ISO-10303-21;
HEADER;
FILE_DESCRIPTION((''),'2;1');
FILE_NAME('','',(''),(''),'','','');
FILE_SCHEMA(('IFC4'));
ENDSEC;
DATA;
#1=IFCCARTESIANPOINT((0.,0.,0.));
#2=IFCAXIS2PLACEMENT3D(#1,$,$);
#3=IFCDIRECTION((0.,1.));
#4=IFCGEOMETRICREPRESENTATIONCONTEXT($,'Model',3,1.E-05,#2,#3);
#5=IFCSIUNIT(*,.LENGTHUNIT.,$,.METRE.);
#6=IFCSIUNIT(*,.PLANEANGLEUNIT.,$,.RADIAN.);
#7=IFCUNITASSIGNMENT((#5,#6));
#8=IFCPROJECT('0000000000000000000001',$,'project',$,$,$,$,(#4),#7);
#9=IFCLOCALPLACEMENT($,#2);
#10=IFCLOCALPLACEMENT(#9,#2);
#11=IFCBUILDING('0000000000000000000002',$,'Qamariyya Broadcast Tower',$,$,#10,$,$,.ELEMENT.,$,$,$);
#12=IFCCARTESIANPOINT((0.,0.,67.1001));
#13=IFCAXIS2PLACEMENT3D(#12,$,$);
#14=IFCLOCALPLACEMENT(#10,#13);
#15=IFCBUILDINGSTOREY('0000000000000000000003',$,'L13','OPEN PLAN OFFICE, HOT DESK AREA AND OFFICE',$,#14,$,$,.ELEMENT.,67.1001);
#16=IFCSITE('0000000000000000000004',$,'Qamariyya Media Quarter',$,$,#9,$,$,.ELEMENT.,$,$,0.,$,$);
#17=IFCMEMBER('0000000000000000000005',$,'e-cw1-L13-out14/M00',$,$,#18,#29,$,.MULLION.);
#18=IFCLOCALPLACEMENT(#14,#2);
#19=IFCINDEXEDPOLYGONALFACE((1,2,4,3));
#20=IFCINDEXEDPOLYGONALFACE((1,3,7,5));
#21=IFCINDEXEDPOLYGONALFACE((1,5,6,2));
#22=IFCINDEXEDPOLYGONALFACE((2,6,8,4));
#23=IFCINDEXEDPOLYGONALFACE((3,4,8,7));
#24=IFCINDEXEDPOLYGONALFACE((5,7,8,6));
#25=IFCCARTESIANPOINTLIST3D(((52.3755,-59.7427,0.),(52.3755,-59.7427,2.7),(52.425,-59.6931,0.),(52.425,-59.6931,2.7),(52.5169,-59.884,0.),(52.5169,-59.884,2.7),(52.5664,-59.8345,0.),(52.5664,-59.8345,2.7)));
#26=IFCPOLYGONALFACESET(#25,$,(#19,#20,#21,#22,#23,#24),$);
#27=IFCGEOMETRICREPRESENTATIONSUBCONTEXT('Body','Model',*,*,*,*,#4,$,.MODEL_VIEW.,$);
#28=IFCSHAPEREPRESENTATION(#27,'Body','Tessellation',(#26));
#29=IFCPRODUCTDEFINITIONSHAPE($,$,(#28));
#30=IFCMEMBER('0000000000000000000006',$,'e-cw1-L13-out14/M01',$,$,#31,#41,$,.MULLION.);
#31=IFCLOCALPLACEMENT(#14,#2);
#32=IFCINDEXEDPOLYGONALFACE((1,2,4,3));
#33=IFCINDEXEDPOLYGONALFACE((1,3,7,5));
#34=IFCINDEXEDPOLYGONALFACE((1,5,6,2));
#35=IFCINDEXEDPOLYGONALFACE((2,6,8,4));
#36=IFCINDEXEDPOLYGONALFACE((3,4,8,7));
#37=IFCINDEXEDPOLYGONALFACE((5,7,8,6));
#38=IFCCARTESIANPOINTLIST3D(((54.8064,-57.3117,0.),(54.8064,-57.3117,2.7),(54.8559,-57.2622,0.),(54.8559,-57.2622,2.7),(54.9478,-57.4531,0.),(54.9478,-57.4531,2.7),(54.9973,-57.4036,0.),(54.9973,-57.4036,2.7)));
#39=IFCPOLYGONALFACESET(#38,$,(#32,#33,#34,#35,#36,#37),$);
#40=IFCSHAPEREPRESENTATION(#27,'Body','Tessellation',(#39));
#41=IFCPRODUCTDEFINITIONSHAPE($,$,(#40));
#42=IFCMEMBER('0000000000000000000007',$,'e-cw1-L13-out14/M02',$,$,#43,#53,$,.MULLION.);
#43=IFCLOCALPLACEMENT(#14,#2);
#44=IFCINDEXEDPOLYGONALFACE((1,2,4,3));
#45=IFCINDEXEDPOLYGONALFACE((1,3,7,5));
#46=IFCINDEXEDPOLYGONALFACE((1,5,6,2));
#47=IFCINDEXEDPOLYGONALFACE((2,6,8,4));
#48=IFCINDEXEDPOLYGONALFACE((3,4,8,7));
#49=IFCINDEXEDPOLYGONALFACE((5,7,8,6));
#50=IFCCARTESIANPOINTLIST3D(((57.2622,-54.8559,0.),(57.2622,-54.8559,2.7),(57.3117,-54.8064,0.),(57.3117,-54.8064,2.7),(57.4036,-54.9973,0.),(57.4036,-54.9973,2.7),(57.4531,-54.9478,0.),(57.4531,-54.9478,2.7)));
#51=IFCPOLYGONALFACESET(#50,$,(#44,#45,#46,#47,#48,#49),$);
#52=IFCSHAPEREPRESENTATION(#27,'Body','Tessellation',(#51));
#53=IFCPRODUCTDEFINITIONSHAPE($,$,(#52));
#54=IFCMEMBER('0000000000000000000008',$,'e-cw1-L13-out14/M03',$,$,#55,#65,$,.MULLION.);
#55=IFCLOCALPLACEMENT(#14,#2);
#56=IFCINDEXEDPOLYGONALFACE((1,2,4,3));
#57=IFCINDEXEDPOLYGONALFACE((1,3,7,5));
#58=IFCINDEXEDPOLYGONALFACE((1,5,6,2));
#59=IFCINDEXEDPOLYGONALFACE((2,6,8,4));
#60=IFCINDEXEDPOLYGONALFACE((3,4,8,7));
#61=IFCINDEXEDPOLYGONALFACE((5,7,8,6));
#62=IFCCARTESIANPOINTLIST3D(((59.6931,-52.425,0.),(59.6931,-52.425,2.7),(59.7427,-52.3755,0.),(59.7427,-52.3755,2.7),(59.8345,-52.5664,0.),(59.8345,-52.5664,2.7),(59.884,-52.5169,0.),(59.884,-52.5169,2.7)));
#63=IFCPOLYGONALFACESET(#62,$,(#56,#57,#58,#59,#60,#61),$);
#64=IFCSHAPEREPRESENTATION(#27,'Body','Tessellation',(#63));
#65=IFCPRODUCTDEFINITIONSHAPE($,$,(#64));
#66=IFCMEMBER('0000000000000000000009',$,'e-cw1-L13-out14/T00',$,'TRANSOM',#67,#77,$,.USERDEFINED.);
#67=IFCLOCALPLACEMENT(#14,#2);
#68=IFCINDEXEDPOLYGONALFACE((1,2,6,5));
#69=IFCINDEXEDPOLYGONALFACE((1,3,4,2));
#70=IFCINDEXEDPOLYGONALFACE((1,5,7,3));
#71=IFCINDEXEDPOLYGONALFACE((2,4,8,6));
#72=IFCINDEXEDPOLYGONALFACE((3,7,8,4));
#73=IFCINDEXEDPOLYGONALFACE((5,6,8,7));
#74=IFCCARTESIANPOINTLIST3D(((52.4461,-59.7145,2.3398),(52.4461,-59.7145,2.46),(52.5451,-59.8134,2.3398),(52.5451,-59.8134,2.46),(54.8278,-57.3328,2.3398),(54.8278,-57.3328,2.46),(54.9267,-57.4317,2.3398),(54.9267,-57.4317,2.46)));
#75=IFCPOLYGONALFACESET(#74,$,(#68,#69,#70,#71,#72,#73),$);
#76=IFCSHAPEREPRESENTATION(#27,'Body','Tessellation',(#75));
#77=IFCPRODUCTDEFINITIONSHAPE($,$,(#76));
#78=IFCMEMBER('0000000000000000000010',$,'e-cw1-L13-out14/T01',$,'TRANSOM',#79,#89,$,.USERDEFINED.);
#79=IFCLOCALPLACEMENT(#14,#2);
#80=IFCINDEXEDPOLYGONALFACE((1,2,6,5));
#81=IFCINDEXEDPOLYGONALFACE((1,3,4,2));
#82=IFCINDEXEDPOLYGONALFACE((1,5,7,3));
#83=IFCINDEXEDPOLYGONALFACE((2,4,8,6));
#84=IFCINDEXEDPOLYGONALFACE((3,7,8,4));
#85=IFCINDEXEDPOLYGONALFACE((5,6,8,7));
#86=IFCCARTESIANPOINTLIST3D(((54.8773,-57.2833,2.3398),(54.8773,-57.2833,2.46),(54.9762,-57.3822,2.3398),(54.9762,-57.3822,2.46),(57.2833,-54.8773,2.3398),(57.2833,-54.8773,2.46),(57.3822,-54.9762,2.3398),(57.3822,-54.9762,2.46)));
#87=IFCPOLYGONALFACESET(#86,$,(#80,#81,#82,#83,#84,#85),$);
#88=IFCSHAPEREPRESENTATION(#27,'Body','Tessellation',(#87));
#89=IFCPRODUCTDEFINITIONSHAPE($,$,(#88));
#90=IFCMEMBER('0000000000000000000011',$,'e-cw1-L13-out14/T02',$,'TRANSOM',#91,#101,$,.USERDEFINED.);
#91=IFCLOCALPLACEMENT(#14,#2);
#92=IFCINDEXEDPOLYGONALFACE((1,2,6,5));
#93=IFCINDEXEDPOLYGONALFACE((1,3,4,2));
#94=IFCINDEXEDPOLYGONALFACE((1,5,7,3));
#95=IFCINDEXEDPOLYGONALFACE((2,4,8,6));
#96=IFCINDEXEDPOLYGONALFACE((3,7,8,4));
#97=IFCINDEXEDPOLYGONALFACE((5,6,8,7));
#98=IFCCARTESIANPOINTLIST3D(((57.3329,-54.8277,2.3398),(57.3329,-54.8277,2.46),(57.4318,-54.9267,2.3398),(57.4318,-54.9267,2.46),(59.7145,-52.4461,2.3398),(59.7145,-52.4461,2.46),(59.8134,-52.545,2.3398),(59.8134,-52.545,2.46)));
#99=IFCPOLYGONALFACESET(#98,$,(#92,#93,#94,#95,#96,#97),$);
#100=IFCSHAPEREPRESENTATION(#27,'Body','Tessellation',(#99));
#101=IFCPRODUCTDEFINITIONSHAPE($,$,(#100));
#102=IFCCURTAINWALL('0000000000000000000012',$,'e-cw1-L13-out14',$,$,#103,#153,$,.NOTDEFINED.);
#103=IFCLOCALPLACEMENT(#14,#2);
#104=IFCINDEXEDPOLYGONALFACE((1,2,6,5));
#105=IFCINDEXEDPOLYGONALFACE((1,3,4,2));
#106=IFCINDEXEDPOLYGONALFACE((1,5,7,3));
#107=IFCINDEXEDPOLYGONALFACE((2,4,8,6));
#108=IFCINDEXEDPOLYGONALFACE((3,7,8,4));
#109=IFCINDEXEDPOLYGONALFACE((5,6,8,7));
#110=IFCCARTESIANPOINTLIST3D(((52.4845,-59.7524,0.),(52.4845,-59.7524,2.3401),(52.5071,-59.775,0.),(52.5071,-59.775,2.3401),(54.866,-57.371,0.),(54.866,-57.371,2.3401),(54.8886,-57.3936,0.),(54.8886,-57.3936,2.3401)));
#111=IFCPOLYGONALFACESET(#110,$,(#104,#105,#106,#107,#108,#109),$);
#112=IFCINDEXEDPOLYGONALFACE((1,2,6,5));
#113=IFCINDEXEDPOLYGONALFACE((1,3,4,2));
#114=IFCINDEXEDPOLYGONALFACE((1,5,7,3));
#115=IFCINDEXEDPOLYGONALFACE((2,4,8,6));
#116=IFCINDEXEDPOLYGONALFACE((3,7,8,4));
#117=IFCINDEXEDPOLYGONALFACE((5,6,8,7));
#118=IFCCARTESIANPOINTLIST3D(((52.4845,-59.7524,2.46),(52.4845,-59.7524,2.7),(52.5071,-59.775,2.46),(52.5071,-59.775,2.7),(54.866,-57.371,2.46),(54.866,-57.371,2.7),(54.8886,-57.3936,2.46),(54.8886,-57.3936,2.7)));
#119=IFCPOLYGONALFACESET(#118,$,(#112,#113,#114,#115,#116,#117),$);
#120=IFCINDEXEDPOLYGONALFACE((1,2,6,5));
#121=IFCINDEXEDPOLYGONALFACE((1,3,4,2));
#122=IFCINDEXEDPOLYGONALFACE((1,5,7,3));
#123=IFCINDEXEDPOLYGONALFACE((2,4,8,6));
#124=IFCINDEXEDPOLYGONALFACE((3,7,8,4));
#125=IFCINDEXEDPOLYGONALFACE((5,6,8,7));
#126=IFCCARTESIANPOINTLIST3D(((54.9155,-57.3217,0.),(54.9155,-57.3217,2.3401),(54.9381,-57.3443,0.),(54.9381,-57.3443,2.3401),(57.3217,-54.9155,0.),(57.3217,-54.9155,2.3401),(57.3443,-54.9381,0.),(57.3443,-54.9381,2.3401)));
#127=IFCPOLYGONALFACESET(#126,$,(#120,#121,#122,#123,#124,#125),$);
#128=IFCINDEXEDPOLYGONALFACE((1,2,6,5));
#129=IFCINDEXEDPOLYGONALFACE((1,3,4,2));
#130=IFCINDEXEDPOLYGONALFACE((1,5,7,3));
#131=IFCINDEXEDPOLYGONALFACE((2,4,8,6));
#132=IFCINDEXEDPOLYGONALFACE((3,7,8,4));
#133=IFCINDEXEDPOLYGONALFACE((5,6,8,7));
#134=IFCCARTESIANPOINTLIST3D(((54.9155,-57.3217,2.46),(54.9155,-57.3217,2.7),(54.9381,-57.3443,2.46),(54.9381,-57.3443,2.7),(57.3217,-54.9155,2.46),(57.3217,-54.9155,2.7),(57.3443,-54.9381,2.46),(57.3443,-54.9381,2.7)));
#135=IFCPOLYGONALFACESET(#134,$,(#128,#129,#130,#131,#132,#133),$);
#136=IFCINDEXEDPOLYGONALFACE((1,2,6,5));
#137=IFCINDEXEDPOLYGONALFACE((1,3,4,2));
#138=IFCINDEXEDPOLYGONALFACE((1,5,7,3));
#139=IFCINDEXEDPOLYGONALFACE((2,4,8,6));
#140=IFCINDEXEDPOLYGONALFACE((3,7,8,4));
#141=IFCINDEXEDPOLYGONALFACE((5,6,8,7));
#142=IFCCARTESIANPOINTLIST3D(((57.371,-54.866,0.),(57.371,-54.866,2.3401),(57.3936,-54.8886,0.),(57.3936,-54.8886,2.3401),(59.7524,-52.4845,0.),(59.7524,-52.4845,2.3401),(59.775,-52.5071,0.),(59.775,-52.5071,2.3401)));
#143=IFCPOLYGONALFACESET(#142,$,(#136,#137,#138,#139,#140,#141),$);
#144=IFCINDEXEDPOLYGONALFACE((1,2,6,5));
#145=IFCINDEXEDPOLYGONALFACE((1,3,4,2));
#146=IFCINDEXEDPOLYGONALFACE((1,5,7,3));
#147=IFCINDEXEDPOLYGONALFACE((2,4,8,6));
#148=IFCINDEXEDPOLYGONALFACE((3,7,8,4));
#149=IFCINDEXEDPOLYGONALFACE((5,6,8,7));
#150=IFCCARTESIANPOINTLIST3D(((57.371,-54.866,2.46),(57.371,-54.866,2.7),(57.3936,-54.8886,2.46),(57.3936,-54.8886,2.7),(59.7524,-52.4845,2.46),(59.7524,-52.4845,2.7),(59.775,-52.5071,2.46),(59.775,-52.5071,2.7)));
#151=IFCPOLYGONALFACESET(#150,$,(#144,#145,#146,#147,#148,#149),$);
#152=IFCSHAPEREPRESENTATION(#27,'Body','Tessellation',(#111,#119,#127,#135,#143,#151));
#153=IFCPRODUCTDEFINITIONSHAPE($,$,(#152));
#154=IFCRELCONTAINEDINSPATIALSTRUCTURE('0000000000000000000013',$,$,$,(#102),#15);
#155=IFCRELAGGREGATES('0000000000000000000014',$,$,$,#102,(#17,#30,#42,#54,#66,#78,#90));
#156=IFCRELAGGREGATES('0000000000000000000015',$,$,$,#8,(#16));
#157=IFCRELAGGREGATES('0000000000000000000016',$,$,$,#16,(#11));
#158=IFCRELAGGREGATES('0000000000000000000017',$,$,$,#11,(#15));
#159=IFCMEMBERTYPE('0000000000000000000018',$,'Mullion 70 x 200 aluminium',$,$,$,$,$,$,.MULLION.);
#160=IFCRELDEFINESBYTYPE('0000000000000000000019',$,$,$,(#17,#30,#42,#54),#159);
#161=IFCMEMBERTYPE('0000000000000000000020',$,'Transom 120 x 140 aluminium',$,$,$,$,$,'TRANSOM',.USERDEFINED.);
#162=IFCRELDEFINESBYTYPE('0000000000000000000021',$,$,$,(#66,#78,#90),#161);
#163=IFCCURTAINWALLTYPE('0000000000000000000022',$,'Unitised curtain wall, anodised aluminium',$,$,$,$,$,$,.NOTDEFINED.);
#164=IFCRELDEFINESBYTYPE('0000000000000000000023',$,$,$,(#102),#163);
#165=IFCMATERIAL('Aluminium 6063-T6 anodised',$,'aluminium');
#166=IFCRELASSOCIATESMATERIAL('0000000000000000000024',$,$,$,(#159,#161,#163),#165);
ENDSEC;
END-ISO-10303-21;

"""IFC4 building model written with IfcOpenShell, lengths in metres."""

from ifc_helpers import new_model, si_unit, direction, frame, origin, origin_2d, place, context, subcontext, project, spatial, rectangle, extrude, material, material_profile, profile_set, type_object, element, aggregate, save


model = new_model("IFC4")

# Units and contexts
model_context = context("Model", 3, precision=1e-05, world=origin(), true_north=direction((0.0, 1.0)))
body_context = subcontext(model_context, "Body", "Model", "MODEL_VIEW")
ifc_project = project(units=[si_unit("LENGTHUNIT", "METRE"), si_unit("PLANEANGLEUNIT", "RADIAN")], contexts=[model_context])

# Members
ifc_material = material(Name="Aluminium 6063-T6 anodised", Category="aluminium")
ifc_material_profile_1 = material_profile(ifc_material, rectangle(XDim=0.2, YDim=0.0701, at=origin_2d()))
ifc_profile_set_1 = profile_set([ifc_material_profile_1], Name="Aluminium 6063-T6 anodised")
member_type_1 = type_object("IfcMemberType", Name="Mullion 70 x 200 aluminium", PredefinedType="MULLION", material=ifc_profile_set_1)
site_placement = place(None, origin())
building_placement = place(site_placement, origin())
storey_placement = place(building_placement, frame((0.0, 0.0, 67.1001)))
member_1_placement = place(storey_placement, frame((52.4709, -59.7886, 0.0), z_axis=(0.0, 0.0, 1.0), x_axis=(-0.707107, 0.707107, 0.0)))
member_1 = element("IfcMember", 1, at=member_1_placement, type_object=member_type_1, Name="e-cw1-L13-out14/M00", PredefinedType="MULLION", context=body_context, shape_type="SweptSolid", body=[
    extrude(rectangle(XDim=0.2, YDim=0.0701, at=origin_2d()), origin(), (0.0, 0.0, 1.0), 2.7),
])
member_2_placement = place(storey_placement, frame((54.9019, -57.3577, 0.0), z_axis=(0.0, 0.0, 1.0), x_axis=(-0.707107, 0.707107, 0.0)))
member_2 = element("IfcMember", 2, at=member_2_placement, type_object=member_type_1, Name="e-cw1-L13-out14/M01", PredefinedType="MULLION", context=body_context, shape_type="SweptSolid", body=[
    extrude(rectangle(XDim=0.2, YDim=0.0701, at=origin_2d()), origin(), (0.0, 0.0, 1.0), 2.7),
])
member_3_placement = place(storey_placement, frame((57.3577, -54.9019, 0.0), z_axis=(0.0, 0.0, 1.0), x_axis=(-0.707107, 0.707107, 0.0)))
member_3 = element("IfcMember", 3, at=member_3_placement, type_object=member_type_1, Name="e-cw1-L13-out14/M02", PredefinedType="MULLION", context=body_context, shape_type="SweptSolid", body=[
    extrude(rectangle(XDim=0.2, YDim=0.0701, at=origin_2d()), origin(), (0.0, 0.0, 1.0), 2.7),
])
member_4_placement = place(storey_placement, frame((59.7886, -52.4709, 0.0), z_axis=(0.0, 0.0, 1.0), x_axis=(-0.707107, 0.707107, 0.0)))
member_4 = element("IfcMember", 4, at=member_4_placement, type_object=member_type_1, Name="e-cw1-L13-out14/M03", PredefinedType="MULLION", context=body_context, shape_type="SweptSolid", body=[
    extrude(rectangle(XDim=0.2, YDim=0.0701, at=origin_2d()), origin(), (0.0, 0.0, 1.0), 2.7),
])
ifc_material_profile_2 = material_profile(ifc_material, rectangle(XDim=0.1399, YDim=0.1201, at=origin_2d()))
ifc_profile_set_2 = profile_set([ifc_material_profile_2], Name="Aluminium 6063-T6 anodised")
member_type_2 = type_object("IfcMemberType", Name="Transom 120 x 140 aluminium", ElementType="TRANSOM", PredefinedType="USERDEFINED", material=ifc_profile_set_2)
member_5_placement = place(storey_placement, frame((52.4956, -59.7639, 2.3999), z_axis=(0.707107, 0.707107, 0.0), x_axis=(-0.707107, 0.707107, 0.0)))
member_5 = element("IfcMember", 5, at=member_5_placement, type_object=member_type_2, Name="e-cw1-L13-out14/T00", ObjectType="TRANSOM", PredefinedType="USERDEFINED", context=body_context, shape_type="SweptSolid", body=[
    extrude(rectangle(XDim=0.1399, YDim=0.1201, at=origin_2d()), origin(), (0.0, 0.0, 1.0), 3.3682),
])
member_6_placement = place(storey_placement, frame((54.9268, -57.3328, 2.3999), z_axis=(0.707107, 0.707107, 0.0), x_axis=(-0.707107, 0.707107, 0.0)))
member_6 = element("IfcMember", 6, at=member_6_placement, type_object=member_type_2, Name="e-cw1-L13-out14/T01", ObjectType="TRANSOM", PredefinedType="USERDEFINED", context=body_context, shape_type="SweptSolid", body=[
    extrude(rectangle(XDim=0.1399, YDim=0.1201, at=origin_2d()), origin(), (0.0, 0.0, 1.0), 3.4026),
])
member_7_placement = place(storey_placement, frame((57.3823, -54.8772, 2.3999), z_axis=(0.707107, 0.707107, 0.0), x_axis=(-0.707107, 0.707107, 0.0)))
member_7 = element("IfcMember", 7, at=member_7_placement, type_object=member_type_2, Name="e-cw1-L13-out14/T02", ObjectType="TRANSOM", PredefinedType="USERDEFINED", context=body_context, shape_type="SweptSolid", body=[
    extrude(rectangle(XDim=0.1399, YDim=0.1201, at=origin_2d()), origin(), (0.0, 0.0, 1.0), 3.3682),
])

# Site, building, storey
site = spatial("IfcSite", under=ifc_project, at=site_placement, Name="Qamariyya Media Quarter", CompositionType="ELEMENT", RefElevation=0.0)
building = spatial("IfcBuilding", under=site, at=building_placement, Name="Qamariyya Broadcast Tower", CompositionType="ELEMENT")
storey = spatial("IfcBuildingStorey", under=building, at=storey_placement, Name="L13", Description="OPEN PLAN OFFICE, HOT DESK AREA AND OFFICE", CompositionType="ELEMENT", Elevation=67.1001)

# Curtain wall
curtain_wall_type = type_object("IfcCurtainWallType", Name="Unitised curtain wall, anodised aluminium", PredefinedType="NOTDEFINED", material=ifc_material)
curtain_wall_1_placement = place(storey_placement, origin())
curtain_wall_1 = element("IfcCurtainWall", 8, at=curtain_wall_1_placement, inside=storey, type_object=curtain_wall_type, Name="e-cw1-L13-out14", PredefinedType="NOTDEFINED", context=body_context, shape_type="SweptSolid", body=[
    extrude(rectangle(XDim=3.3679, YDim=0.032, at=origin_2d()), frame((53.6865, -58.573, 0.0), x_axis=(0.707107, 0.707107, 0.0)), (0.0, 0.0, 1.0), 2.3401),
    extrude(rectangle(XDim=3.3679, YDim=0.032, at=origin_2d()), frame((53.6865, -58.573, 2.46), x_axis=(0.707107, 0.707107, 0.0)), (0.0, 0.0, 1.0), 0.24),
    extrude(rectangle(XDim=3.4028, YDim=0.032, at=origin_2d()), frame((56.1299, -56.1299, 0.0), x_axis=(0.707107, 0.707107, 0.0)), (0.0, 0.0, 1.0), 2.3401),
    extrude(rectangle(XDim=3.4028, YDim=0.032, at=origin_2d()), frame((56.1299, -56.1299, 2.46), x_axis=(0.707107, 0.707107, 0.0)), (0.0, 0.0, 1.0), 0.24),
    extrude(rectangle(XDim=3.3679, YDim=0.032, at=origin_2d()), frame((58.573, -53.6865, 0.0), x_axis=(0.707107, 0.707107, 0.0)), (0.0, 0.0, 1.0), 2.3401),
    extrude(rectangle(XDim=3.3679, YDim=0.032, at=origin_2d()), frame((58.573, -53.6865, 2.46), x_axis=(0.707107, 0.707107, 0.0)), (0.0, 0.0, 1.0), 0.24),
])
aggregate(curtain_wall_1, [member_1, member_2, member_3, member_4, member_5, member_6, member_7])

save(model, "model.ifc")
